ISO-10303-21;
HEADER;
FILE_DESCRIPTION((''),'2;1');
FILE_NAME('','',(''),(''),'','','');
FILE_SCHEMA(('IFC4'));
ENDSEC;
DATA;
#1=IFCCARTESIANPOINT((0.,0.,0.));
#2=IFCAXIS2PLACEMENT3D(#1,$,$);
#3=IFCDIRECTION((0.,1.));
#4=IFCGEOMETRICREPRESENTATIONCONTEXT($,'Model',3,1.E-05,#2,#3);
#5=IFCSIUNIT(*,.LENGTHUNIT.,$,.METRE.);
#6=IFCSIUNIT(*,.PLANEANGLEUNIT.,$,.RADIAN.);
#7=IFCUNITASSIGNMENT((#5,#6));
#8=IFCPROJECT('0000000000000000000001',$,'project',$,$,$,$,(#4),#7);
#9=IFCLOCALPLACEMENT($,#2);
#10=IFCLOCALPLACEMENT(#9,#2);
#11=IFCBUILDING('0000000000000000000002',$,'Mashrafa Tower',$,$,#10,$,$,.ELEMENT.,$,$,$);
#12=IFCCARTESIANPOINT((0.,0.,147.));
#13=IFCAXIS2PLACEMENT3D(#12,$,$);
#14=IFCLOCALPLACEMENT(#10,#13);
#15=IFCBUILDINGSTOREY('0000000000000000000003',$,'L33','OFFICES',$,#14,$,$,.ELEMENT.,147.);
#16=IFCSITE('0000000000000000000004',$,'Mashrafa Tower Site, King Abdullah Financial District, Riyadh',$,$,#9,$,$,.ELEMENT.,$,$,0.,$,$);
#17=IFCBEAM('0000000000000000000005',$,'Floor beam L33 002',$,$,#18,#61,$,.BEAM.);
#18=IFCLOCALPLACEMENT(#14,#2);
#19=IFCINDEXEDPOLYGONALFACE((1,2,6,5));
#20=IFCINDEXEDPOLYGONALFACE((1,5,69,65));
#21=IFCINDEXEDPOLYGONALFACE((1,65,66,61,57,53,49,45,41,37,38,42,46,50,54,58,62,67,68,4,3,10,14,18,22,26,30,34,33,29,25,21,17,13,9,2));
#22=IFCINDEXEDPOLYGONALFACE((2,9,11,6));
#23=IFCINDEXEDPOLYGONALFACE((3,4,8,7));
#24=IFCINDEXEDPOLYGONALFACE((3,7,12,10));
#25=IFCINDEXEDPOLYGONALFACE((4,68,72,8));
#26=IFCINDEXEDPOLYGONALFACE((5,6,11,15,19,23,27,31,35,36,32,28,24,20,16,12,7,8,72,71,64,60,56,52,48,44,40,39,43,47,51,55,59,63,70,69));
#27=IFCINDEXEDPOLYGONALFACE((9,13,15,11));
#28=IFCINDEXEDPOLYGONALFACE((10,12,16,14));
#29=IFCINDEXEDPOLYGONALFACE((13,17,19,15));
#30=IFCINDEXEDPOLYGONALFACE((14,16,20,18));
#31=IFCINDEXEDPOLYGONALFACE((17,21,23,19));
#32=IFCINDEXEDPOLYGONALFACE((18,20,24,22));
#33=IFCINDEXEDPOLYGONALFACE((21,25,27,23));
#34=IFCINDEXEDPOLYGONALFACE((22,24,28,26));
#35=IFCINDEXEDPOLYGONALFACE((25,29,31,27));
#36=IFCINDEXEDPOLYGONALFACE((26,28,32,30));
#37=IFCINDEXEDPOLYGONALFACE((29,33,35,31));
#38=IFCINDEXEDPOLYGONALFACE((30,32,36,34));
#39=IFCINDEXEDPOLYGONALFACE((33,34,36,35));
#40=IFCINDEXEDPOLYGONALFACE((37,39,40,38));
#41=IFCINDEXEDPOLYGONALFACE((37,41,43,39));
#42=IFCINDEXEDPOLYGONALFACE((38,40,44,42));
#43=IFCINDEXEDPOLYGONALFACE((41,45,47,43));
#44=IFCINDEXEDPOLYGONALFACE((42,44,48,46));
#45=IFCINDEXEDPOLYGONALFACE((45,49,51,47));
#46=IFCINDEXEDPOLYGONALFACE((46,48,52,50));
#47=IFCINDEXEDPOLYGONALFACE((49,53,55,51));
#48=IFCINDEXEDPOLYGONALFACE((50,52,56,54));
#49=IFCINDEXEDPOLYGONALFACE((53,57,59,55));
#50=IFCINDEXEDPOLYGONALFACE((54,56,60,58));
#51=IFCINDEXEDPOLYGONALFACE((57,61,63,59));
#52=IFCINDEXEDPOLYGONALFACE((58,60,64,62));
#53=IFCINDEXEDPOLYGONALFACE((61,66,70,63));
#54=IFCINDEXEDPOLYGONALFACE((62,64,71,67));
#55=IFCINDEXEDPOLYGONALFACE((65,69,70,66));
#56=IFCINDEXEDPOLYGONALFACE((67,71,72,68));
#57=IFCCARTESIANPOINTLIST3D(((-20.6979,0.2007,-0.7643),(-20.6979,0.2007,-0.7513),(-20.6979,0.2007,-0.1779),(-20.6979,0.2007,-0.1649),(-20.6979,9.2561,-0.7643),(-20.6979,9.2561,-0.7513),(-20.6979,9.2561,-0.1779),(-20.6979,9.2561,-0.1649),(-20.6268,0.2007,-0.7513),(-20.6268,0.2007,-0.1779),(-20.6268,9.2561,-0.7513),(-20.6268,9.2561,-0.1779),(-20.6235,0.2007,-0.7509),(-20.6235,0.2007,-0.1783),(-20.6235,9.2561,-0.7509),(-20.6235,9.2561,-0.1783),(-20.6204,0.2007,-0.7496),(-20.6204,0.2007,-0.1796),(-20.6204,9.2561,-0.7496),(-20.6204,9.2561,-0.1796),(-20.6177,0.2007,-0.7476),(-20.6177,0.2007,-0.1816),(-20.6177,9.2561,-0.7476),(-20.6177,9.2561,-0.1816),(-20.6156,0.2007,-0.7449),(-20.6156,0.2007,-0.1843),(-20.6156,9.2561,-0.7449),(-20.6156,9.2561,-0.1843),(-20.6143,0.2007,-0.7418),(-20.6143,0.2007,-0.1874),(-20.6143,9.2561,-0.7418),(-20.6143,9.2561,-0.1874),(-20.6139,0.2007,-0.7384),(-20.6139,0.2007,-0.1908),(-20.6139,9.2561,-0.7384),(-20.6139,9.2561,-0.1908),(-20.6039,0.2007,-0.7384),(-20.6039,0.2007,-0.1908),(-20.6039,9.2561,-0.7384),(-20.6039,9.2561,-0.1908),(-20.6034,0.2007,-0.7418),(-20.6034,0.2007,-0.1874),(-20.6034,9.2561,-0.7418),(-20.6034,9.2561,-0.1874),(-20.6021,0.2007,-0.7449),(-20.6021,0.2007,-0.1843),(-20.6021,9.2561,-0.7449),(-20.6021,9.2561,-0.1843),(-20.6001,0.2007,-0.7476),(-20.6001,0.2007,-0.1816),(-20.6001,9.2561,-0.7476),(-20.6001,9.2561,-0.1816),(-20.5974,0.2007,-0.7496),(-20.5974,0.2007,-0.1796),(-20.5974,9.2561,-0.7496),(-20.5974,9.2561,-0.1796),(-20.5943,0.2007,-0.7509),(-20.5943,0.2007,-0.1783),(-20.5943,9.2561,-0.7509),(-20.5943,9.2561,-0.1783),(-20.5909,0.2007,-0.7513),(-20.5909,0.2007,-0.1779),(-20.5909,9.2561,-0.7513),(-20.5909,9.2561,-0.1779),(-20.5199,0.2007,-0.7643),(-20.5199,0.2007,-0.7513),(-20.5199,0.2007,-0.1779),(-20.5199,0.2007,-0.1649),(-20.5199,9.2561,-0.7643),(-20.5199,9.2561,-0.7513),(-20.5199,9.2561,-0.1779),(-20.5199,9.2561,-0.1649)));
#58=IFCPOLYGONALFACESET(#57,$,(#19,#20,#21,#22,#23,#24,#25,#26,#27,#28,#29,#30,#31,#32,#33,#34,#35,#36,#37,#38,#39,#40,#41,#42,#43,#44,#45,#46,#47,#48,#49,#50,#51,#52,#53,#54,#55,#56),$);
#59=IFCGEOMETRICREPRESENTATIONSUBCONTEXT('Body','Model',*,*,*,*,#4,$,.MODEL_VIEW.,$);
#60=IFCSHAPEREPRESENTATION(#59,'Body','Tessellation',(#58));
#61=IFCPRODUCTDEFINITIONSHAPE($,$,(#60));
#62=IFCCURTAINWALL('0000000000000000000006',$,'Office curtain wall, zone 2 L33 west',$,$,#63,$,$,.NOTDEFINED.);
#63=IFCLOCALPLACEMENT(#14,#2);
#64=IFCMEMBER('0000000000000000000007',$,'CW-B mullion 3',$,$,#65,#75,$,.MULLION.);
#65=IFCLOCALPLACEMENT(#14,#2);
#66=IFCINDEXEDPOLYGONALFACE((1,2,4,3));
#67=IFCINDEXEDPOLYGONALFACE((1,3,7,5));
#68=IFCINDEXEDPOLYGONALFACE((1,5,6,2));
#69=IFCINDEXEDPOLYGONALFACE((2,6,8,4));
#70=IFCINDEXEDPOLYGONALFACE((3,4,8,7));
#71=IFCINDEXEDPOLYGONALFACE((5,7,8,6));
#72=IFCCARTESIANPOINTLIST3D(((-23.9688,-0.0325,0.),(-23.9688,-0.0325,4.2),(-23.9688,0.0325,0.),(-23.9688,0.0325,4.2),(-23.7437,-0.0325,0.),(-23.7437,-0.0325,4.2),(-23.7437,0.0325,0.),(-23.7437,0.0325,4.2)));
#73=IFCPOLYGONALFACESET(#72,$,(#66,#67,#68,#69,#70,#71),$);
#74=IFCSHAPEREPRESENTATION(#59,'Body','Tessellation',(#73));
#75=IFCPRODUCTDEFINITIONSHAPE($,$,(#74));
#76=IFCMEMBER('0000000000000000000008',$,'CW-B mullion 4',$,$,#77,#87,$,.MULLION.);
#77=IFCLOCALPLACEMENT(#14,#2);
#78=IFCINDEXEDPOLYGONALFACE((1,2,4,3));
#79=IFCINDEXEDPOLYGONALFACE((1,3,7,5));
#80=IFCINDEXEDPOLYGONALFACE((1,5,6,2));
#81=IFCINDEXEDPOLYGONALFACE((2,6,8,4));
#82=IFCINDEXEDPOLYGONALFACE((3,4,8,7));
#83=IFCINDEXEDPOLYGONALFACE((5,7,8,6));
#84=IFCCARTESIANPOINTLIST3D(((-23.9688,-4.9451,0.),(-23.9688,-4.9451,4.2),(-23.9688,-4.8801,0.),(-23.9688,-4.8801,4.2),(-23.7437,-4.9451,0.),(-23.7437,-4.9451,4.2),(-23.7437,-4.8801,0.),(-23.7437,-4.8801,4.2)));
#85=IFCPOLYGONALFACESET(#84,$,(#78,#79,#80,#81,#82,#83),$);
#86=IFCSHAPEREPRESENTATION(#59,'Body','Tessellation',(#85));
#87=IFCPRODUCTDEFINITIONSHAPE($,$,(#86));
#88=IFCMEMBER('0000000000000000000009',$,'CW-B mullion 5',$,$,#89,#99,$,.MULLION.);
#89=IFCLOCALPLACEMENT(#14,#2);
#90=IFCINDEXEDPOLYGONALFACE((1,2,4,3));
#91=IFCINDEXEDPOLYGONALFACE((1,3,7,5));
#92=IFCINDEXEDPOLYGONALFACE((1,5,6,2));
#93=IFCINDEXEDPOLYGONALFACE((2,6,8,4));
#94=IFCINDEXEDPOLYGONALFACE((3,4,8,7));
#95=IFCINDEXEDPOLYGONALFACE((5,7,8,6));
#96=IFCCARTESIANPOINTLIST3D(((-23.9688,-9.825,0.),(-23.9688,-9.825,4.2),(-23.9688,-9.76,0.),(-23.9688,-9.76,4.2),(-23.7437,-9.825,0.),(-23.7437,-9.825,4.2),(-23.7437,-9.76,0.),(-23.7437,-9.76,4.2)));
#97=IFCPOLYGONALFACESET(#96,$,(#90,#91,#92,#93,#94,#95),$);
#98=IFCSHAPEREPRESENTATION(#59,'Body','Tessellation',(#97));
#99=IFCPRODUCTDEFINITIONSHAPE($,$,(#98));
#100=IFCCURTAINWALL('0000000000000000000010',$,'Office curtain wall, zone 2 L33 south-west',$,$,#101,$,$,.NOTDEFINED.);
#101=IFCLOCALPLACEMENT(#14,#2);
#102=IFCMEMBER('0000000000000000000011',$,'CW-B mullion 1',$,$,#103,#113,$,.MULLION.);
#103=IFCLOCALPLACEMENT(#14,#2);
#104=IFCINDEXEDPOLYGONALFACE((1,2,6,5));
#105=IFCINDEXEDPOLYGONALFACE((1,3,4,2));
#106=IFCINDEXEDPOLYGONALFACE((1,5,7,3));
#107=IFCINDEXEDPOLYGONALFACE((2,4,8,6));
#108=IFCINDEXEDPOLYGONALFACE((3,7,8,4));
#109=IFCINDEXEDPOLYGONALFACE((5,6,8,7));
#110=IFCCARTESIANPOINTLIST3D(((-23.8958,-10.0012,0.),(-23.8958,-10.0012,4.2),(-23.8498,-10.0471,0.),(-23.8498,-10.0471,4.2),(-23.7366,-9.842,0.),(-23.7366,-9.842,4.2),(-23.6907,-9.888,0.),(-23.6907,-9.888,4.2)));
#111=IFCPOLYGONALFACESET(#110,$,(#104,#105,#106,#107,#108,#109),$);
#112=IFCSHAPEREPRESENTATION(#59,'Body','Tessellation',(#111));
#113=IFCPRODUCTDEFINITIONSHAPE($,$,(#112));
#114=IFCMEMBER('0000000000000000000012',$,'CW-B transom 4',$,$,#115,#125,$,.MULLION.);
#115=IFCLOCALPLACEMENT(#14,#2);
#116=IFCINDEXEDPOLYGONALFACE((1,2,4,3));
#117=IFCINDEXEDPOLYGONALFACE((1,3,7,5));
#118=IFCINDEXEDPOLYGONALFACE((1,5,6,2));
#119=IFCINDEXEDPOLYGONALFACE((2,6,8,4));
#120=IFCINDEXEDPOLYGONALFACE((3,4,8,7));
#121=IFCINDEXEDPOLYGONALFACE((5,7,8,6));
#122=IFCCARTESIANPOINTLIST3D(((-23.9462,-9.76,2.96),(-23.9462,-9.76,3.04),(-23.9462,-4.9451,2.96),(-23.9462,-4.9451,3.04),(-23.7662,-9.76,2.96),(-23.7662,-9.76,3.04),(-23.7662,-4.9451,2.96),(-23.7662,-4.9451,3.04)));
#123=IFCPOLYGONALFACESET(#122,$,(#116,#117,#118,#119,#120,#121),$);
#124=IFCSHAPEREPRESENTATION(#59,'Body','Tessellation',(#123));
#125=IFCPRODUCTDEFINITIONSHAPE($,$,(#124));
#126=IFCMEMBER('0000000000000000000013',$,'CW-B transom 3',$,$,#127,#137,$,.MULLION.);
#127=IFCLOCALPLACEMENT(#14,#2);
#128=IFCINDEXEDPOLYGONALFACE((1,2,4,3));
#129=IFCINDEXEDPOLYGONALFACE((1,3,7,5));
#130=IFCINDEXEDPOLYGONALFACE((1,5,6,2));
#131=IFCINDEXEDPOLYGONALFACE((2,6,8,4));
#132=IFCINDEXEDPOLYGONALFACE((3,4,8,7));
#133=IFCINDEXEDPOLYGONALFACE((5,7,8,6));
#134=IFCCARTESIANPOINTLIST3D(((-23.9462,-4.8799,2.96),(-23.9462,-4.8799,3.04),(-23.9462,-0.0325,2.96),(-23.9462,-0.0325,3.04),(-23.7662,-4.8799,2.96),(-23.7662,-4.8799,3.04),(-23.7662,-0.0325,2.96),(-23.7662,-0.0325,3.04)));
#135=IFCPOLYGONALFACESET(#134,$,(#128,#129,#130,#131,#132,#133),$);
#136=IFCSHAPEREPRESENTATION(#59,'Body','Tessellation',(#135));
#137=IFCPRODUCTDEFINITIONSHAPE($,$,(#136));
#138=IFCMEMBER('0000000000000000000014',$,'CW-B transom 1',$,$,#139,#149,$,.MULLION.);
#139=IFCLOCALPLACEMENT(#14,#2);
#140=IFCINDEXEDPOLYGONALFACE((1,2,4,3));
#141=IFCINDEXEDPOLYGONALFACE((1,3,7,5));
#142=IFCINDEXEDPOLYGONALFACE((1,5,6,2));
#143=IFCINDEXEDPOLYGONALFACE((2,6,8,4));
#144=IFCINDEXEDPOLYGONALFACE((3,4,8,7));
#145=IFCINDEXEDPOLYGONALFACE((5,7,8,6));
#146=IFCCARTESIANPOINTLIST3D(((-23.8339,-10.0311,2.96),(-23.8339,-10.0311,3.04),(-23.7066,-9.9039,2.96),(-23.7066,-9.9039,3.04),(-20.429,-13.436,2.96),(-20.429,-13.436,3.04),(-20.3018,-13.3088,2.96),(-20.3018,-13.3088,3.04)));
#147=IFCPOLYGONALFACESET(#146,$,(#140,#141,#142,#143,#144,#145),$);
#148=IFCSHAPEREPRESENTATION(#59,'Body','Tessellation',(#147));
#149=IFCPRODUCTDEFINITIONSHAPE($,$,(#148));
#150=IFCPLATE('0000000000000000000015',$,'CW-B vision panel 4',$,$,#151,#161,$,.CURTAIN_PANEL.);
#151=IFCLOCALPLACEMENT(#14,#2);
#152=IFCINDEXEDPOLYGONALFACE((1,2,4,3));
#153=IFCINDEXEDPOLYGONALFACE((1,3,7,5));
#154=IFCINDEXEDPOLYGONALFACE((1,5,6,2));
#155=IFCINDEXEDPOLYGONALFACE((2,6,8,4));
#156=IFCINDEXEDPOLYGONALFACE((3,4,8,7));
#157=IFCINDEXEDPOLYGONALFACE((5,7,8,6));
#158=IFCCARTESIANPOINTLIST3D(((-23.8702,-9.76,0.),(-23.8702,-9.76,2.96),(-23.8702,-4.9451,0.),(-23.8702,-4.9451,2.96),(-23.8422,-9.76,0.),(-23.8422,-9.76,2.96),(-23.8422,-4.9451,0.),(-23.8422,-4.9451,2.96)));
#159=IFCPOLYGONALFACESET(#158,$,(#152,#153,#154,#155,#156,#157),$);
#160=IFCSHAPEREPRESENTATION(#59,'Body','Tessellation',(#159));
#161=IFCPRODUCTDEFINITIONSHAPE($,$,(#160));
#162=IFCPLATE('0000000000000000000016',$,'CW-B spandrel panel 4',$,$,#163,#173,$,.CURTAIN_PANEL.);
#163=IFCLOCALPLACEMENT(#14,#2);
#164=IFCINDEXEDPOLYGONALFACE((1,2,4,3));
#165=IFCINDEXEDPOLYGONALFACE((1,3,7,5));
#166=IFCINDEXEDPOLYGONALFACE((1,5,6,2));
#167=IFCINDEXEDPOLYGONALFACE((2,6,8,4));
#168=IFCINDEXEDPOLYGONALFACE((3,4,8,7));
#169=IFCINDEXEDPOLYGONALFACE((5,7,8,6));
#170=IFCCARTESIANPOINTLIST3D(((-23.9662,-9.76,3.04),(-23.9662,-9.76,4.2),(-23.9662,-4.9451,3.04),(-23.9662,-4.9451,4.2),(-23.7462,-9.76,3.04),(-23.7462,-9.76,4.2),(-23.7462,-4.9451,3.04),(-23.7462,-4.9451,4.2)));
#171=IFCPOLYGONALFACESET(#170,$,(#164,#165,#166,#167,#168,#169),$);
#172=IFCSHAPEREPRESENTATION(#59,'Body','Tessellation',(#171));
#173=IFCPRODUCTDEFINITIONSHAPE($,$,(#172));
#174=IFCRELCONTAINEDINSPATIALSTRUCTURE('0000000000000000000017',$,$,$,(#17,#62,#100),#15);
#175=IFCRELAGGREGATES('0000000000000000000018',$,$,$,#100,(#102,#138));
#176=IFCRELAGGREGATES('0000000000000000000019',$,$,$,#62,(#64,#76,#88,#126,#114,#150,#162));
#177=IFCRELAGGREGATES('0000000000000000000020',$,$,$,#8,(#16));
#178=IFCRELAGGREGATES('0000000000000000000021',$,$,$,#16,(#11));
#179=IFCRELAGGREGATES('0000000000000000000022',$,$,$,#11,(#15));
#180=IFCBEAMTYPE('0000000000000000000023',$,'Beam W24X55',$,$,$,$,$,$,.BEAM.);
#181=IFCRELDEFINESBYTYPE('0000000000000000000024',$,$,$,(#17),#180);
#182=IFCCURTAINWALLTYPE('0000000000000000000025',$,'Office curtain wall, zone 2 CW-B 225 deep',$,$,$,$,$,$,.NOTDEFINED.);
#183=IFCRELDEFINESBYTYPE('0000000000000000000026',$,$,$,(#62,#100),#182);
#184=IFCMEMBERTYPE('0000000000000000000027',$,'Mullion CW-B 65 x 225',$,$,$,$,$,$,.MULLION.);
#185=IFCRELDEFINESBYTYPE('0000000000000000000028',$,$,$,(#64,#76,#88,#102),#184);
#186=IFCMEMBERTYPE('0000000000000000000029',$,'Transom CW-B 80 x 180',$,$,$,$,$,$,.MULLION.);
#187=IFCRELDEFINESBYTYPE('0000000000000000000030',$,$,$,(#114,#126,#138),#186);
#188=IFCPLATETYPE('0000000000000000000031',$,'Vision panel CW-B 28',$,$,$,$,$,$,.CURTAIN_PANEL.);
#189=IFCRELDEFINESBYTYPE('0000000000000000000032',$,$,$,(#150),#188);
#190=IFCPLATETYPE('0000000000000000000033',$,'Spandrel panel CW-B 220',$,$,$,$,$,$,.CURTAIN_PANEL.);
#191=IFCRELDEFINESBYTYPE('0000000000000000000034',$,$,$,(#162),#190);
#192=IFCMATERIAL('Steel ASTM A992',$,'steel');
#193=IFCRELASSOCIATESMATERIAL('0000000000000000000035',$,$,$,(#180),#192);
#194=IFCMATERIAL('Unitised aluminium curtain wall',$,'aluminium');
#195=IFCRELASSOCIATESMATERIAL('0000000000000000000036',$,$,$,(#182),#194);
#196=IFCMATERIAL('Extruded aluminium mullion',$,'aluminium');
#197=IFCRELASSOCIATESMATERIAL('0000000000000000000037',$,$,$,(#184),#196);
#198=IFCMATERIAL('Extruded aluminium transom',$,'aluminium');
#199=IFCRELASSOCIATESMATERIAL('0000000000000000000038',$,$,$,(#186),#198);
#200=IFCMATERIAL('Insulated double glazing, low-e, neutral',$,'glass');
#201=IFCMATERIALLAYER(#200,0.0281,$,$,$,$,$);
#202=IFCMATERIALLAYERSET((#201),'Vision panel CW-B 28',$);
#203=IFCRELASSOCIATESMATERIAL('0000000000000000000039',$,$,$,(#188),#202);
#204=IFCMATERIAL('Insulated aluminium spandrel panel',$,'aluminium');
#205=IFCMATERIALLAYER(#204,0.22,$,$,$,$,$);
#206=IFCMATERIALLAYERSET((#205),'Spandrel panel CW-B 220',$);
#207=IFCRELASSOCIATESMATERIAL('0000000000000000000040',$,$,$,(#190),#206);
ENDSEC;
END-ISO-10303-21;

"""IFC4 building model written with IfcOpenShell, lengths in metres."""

from ifc_helpers import new_model, si_unit, direction, frame, origin, origin_2d, place, context, subcontext, project, spatial, rectangle, i_section, extrude, source, transform, mapped, material, layer, layer_set, material_profile, profile_set, type_object, type_shapes, element, aggregate, save


model = new_model("IFC4")

# Units and contexts
model_context = context("Model", 3, precision=1e-05, world=origin(), true_north=direction((0.0, 1.0)))
body_context = subcontext(model_context, "Body", "Model", "MODEL_VIEW")
ifc_project = project(units=[si_unit("LENGTHUNIT", "METRE"), si_unit("PLANEANGLEUNIT", "RADIAN")], contexts=[model_context])

# Site, building, storey
site_placement = place(None, origin())
site = spatial("IfcSite", under=ifc_project, at=site_placement, Name="Mashrafa Tower Site, King Abdullah Financial District, Riyadh", CompositionType="ELEMENT", RefElevation=0.0)
building_placement = place(site_placement, origin())
building = spatial("IfcBuilding", under=site, at=building_placement, Name="Mashrafa Tower", CompositionType="ELEMENT")
storey_placement = place(building_placement, frame((0.0, 0.0, 147.0)))
storey = spatial("IfcBuildingStorey", under=building, at=storey_placement, Name="L33", Description="OFFICES", CompositionType="ELEMENT", Elevation=147.0)

# Beam
ifc_material_1 = material(Name="Steel ASTM A992", Category="steel")
ifc_material_profile_1 = material_profile(ifc_material_1, i_section(OverallWidth=0.178, OverallDepth=0.5994, WebThickness=0.01, FlangeThickness=0.0129, FilletRadius=0.0129, at=origin_2d()), Name="W24X55")
ifc_profile_set_1 = profile_set([ifc_material_profile_1], Name="Steel ASTM A992")
beam_type_1 = type_object("IfcBeamType", Name="Beam W24X55", PredefinedType="BEAM", material=ifc_profile_set_1)
for number, where, z_axis, x_axis, name in (
    (1, (-20.6089, 0.2007, -0.4646), (0.0, 1.0, 0.0), (-1.0, 0.0, 0.0), "Floor beam L33 002"),
):
    element("IfcBeam", number, at=place(storey_placement, frame(where, z_axis=z_axis, x_axis=x_axis)), inside=storey, type_object=beam_type_1, Name=name, PredefinedType="BEAM", context=body_context, shape_type="SweptSolid", body=[
        extrude(i_section(OverallWidth=0.178, OverallDepth=0.5994, WebThickness=0.01, FlangeThickness=0.0129, FilletRadius=0.0129, at=origin_2d()), origin(), (0.0, 0.0, 1.0), 9.0554),
    ])

# Curtain wall, members
ifc_material_2 = material(Name="Unitised aluminium curtain wall", Category="aluminium")
curtain_wall_type = type_object("IfcCurtainWallType", Name="Office curtain wall, zone 2 CW-B 225 deep", PredefinedType="NOTDEFINED", material=ifc_material_2)
curtain_wall_1_placement = place(storey_placement, origin())
curtain_wall_1 = element("IfcCurtainWall", 2, at=curtain_wall_1_placement, inside=storey, type_object=curtain_wall_type, Name="Office curtain wall, zone 2 L33 west", PredefinedType="NOTDEFINED")
ifc_material_3 = material(Name="Extruded aluminium mullion", Category="aluminium")
ifc_material_profile_2 = material_profile(ifc_material_3, rectangle(XDim=0.2251, YDim=0.0649, at=origin_2d()), Name="Mullion 65x225")
ifc_profile_set_2 = profile_set([ifc_material_profile_2], Name="Extruded aluminium mullion")
member_type_1 = type_object("IfcMemberType", Name="Mullion CW-B 65 x 225", PredefinedType="MULLION", material=ifc_profile_set_2)
shared_shape_1 = source(origin(), body_context, "Body", "SweptSolid", [
    extrude(rectangle(XDim=0.2251, YDim=0.0649, at=origin_2d()), origin(), (0.0, 0.0, 1.0), 4.2),
])
type_shapes(member_type_1, [shared_shape_1])
member_1_placement = place(storey_placement, frame((-23.8562, 0.0, 0.0), z_axis=(0.0, 0.0, 1.0), x_axis=(1.0, 0.0, 0.0)))
member_1 = element("IfcMember", 3, at=member_1_placement, type_object=member_type_1, Name="CW-B mullion 3", PredefinedType="MULLION", context=body_context, shape_type="MappedRepresentation", body=[
    mapped(shared_shape_1, transform((0.0, 0.0, 0.0))),
])
member_2_placement = place(storey_placement, frame((-23.8562, -4.9126, 0.0), z_axis=(0.0, 0.0, 1.0), x_axis=(1.0, 0.0, 0.0)))
member_2 = element("IfcMember", 4, at=member_2_placement, type_object=member_type_1, Name="CW-B mullion 4", PredefinedType="MULLION", context=body_context, shape_type="MappedRepresentation", body=[
    mapped(shared_shape_1, transform((0.0, 0.0, 0.0))),
])
member_3_placement = place(storey_placement, frame((-23.8562, -9.7925, 0.0), z_axis=(0.0, 0.0, 1.0), x_axis=(1.0, 0.0, 0.0)))
member_3 = element("IfcMember", 5, at=member_3_placement, type_object=member_type_1, Name="CW-B mullion 5", PredefinedType="MULLION", context=body_context, shape_type="MappedRepresentation", body=[
    mapped(shared_shape_1, transform((0.0, 0.0, 0.0))),
])

# Curtain wall, member
curtain_wall_2_placement = place(storey_placement, origin())
curtain_wall_2 = element("IfcCurtainWall", 6, at=curtain_wall_2_placement, inside=storey, type_object=curtain_wall_type, Name="Office curtain wall, zone 2 L33 south-west", PredefinedType="NOTDEFINED")
member_4_placement = place(storey_placement, frame((-23.7932, -9.9446, 0.0), z_axis=(0.0, 0.0, 1.0), x_axis=(0.707107, 0.707107, 0.0)))
member_4 = element("IfcMember", 7, at=member_4_placement, type_object=member_type_1, Name="CW-B mullion 1", PredefinedType="MULLION", context=body_context, shape_type="MappedRepresentation", body=[
    mapped(shared_shape_1, transform((0.0, 0.0, 0.0))),
])

# Members
ifc_material_4 = material(Name="Extruded aluminium transom", Category="aluminium")
ifc_material_profile_3 = material_profile(ifc_material_4, rectangle(XDim=0.1799, YDim=0.0801, at=origin_2d()), Name="Transom 80x180")
ifc_profile_set_3 = profile_set([ifc_material_profile_3], Name="Extruded aluminium transom")
member_type_2 = type_object("IfcMemberType", Name="Transom CW-B 80 x 180", PredefinedType="MULLION", material=ifc_profile_set_3)
shared_shape_2 = source(origin(), body_context, "Body", "SweptSolid", [
    extrude(rectangle(XDim=0.1799, YDim=0.0801, at=origin_2d()), origin(), (0.0, 0.0, 1.0), 4.8149),
])
member_5_placement = place(storey_placement, frame((-23.8562, -4.9451, 3.0), z_axis=(0.0, -1.0, 0.0), x_axis=(1.0, 0.0, 0.0)))
member_5 = element("IfcMember", 8, at=member_5_placement, type_object=member_type_2, Name="CW-B transom 4", PredefinedType="MULLION", context=body_context, shape_type="MappedRepresentation", body=[
    mapped(shared_shape_2, transform((0.0, 0.0, 0.0))),
])
shared_shape_3 = source(origin(), body_context, "Body", "SweptSolid", [
    extrude(rectangle(XDim=0.1799, YDim=0.0801, at=origin_2d()), origin(), (0.0, 0.0, 1.0), 4.8474),
])
member_6_placement = place(storey_placement, frame((-23.8562, -0.0325, 3.0), z_axis=(0.0, -1.0, 0.0), x_axis=(1.0, 0.0, 0.0)))
member_6 = element("IfcMember", 9, at=member_6_placement, type_object=member_type_2, Name="CW-B transom 3", PredefinedType="MULLION", context=body_context, shape_type="MappedRepresentation", body=[
    mapped(shared_shape_3, transform((0.0, 0.0, 0.0))),
])
shared_shape_4 = source(origin(), body_context, "Body", "SweptSolid", [
    extrude(rectangle(XDim=0.1799, YDim=0.0801, at=origin_2d()), origin(), (0.0, 0.0, 1.0), 4.8152),
])
type_shapes(member_type_2, [shared_shape_2, shared_shape_3, shared_shape_4])
member_7_placement = place(storey_placement, frame((-23.7703, -9.9675, 3.0), z_axis=(0.707107, -0.707107, 0.0), x_axis=(0.707107, 0.707107, 0.0)))
member_7 = element("IfcMember", 10, at=member_7_placement, type_object=member_type_2, Name="CW-B transom 1", PredefinedType="MULLION", context=body_context, shape_type="MappedRepresentation", body=[
    mapped(shared_shape_4, transform((0.0, 0.0, 0.0))),
])
aggregate(curtain_wall_2, [member_4, member_7])

# Plates
ifc_material_5 = material(Name="Insulated double glazing, low-e, neutral", Category="glass")
ifc_layer_1 = layer(ifc_material_5, 0.0281)
ifc_layer_set_1 = layer_set([ifc_layer_1], Name="Vision panel CW-B 28")
plate_type_1 = type_object("IfcPlateType", Name="Vision panel CW-B 28", PredefinedType="CURTAIN_PANEL", material=ifc_layer_set_1)
shared_shape_5 = source(origin(), body_context, "Body", "SweptSolid", [
    extrude(rectangle(XDim=4.8149, YDim=0.0281, at=origin_2d()), origin(), (0.0, 0.0, 1.0), 2.96),
])
plate_1_placement = place(storey_placement, frame((-23.8562, -7.3525, 0.0), z_axis=(0.0, 0.0, 1.0), x_axis=(0.0, -1.0, 0.0)))
plate_1 = element("IfcPlate", 11, at=plate_1_placement, type_object=plate_type_1, Name="CW-B vision panel 4", PredefinedType="CURTAIN_PANEL", context=body_context, shape_type="MappedRepresentation", body=[
    mapped(shared_shape_5, transform((0.0, 0.0, 0.0))),
])
ifc_material_6 = material(Name="Insulated aluminium spandrel panel", Category="aluminium")
ifc_layer_2 = layer(ifc_material_6, 0.22)
ifc_layer_set_2 = layer_set([ifc_layer_2], Name="Spandrel panel CW-B 220")
plate_type_2 = type_object("IfcPlateType", Name="Spandrel panel CW-B 220", PredefinedType="CURTAIN_PANEL", material=ifc_layer_set_2)
shared_shape_6 = source(origin(), body_context, "Body", "SweptSolid", [
    extrude(rectangle(XDim=4.8149, YDim=0.22, at=origin_2d()), origin(), (0.0, 0.0, 1.0), 1.1599),
])
plate_2_placement = place(storey_placement, frame((-23.8562, -7.3525, 3.04), z_axis=(0.0, 0.0, 1.0), x_axis=(0.0, -1.0, 0.0)))
plate_2 = element("IfcPlate", 12, at=plate_2_placement, type_object=plate_type_2, Name="CW-B spandrel panel 4", PredefinedType="CURTAIN_PANEL", context=body_context, shape_type="MappedRepresentation", body=[
    mapped(shared_shape_6, transform((0.0, 0.0, 0.0))),
])
aggregate(curtain_wall_1, [member_1, member_2, member_3, member_6, member_5, plate_1, plate_2])

save(model, "model.ifc")
